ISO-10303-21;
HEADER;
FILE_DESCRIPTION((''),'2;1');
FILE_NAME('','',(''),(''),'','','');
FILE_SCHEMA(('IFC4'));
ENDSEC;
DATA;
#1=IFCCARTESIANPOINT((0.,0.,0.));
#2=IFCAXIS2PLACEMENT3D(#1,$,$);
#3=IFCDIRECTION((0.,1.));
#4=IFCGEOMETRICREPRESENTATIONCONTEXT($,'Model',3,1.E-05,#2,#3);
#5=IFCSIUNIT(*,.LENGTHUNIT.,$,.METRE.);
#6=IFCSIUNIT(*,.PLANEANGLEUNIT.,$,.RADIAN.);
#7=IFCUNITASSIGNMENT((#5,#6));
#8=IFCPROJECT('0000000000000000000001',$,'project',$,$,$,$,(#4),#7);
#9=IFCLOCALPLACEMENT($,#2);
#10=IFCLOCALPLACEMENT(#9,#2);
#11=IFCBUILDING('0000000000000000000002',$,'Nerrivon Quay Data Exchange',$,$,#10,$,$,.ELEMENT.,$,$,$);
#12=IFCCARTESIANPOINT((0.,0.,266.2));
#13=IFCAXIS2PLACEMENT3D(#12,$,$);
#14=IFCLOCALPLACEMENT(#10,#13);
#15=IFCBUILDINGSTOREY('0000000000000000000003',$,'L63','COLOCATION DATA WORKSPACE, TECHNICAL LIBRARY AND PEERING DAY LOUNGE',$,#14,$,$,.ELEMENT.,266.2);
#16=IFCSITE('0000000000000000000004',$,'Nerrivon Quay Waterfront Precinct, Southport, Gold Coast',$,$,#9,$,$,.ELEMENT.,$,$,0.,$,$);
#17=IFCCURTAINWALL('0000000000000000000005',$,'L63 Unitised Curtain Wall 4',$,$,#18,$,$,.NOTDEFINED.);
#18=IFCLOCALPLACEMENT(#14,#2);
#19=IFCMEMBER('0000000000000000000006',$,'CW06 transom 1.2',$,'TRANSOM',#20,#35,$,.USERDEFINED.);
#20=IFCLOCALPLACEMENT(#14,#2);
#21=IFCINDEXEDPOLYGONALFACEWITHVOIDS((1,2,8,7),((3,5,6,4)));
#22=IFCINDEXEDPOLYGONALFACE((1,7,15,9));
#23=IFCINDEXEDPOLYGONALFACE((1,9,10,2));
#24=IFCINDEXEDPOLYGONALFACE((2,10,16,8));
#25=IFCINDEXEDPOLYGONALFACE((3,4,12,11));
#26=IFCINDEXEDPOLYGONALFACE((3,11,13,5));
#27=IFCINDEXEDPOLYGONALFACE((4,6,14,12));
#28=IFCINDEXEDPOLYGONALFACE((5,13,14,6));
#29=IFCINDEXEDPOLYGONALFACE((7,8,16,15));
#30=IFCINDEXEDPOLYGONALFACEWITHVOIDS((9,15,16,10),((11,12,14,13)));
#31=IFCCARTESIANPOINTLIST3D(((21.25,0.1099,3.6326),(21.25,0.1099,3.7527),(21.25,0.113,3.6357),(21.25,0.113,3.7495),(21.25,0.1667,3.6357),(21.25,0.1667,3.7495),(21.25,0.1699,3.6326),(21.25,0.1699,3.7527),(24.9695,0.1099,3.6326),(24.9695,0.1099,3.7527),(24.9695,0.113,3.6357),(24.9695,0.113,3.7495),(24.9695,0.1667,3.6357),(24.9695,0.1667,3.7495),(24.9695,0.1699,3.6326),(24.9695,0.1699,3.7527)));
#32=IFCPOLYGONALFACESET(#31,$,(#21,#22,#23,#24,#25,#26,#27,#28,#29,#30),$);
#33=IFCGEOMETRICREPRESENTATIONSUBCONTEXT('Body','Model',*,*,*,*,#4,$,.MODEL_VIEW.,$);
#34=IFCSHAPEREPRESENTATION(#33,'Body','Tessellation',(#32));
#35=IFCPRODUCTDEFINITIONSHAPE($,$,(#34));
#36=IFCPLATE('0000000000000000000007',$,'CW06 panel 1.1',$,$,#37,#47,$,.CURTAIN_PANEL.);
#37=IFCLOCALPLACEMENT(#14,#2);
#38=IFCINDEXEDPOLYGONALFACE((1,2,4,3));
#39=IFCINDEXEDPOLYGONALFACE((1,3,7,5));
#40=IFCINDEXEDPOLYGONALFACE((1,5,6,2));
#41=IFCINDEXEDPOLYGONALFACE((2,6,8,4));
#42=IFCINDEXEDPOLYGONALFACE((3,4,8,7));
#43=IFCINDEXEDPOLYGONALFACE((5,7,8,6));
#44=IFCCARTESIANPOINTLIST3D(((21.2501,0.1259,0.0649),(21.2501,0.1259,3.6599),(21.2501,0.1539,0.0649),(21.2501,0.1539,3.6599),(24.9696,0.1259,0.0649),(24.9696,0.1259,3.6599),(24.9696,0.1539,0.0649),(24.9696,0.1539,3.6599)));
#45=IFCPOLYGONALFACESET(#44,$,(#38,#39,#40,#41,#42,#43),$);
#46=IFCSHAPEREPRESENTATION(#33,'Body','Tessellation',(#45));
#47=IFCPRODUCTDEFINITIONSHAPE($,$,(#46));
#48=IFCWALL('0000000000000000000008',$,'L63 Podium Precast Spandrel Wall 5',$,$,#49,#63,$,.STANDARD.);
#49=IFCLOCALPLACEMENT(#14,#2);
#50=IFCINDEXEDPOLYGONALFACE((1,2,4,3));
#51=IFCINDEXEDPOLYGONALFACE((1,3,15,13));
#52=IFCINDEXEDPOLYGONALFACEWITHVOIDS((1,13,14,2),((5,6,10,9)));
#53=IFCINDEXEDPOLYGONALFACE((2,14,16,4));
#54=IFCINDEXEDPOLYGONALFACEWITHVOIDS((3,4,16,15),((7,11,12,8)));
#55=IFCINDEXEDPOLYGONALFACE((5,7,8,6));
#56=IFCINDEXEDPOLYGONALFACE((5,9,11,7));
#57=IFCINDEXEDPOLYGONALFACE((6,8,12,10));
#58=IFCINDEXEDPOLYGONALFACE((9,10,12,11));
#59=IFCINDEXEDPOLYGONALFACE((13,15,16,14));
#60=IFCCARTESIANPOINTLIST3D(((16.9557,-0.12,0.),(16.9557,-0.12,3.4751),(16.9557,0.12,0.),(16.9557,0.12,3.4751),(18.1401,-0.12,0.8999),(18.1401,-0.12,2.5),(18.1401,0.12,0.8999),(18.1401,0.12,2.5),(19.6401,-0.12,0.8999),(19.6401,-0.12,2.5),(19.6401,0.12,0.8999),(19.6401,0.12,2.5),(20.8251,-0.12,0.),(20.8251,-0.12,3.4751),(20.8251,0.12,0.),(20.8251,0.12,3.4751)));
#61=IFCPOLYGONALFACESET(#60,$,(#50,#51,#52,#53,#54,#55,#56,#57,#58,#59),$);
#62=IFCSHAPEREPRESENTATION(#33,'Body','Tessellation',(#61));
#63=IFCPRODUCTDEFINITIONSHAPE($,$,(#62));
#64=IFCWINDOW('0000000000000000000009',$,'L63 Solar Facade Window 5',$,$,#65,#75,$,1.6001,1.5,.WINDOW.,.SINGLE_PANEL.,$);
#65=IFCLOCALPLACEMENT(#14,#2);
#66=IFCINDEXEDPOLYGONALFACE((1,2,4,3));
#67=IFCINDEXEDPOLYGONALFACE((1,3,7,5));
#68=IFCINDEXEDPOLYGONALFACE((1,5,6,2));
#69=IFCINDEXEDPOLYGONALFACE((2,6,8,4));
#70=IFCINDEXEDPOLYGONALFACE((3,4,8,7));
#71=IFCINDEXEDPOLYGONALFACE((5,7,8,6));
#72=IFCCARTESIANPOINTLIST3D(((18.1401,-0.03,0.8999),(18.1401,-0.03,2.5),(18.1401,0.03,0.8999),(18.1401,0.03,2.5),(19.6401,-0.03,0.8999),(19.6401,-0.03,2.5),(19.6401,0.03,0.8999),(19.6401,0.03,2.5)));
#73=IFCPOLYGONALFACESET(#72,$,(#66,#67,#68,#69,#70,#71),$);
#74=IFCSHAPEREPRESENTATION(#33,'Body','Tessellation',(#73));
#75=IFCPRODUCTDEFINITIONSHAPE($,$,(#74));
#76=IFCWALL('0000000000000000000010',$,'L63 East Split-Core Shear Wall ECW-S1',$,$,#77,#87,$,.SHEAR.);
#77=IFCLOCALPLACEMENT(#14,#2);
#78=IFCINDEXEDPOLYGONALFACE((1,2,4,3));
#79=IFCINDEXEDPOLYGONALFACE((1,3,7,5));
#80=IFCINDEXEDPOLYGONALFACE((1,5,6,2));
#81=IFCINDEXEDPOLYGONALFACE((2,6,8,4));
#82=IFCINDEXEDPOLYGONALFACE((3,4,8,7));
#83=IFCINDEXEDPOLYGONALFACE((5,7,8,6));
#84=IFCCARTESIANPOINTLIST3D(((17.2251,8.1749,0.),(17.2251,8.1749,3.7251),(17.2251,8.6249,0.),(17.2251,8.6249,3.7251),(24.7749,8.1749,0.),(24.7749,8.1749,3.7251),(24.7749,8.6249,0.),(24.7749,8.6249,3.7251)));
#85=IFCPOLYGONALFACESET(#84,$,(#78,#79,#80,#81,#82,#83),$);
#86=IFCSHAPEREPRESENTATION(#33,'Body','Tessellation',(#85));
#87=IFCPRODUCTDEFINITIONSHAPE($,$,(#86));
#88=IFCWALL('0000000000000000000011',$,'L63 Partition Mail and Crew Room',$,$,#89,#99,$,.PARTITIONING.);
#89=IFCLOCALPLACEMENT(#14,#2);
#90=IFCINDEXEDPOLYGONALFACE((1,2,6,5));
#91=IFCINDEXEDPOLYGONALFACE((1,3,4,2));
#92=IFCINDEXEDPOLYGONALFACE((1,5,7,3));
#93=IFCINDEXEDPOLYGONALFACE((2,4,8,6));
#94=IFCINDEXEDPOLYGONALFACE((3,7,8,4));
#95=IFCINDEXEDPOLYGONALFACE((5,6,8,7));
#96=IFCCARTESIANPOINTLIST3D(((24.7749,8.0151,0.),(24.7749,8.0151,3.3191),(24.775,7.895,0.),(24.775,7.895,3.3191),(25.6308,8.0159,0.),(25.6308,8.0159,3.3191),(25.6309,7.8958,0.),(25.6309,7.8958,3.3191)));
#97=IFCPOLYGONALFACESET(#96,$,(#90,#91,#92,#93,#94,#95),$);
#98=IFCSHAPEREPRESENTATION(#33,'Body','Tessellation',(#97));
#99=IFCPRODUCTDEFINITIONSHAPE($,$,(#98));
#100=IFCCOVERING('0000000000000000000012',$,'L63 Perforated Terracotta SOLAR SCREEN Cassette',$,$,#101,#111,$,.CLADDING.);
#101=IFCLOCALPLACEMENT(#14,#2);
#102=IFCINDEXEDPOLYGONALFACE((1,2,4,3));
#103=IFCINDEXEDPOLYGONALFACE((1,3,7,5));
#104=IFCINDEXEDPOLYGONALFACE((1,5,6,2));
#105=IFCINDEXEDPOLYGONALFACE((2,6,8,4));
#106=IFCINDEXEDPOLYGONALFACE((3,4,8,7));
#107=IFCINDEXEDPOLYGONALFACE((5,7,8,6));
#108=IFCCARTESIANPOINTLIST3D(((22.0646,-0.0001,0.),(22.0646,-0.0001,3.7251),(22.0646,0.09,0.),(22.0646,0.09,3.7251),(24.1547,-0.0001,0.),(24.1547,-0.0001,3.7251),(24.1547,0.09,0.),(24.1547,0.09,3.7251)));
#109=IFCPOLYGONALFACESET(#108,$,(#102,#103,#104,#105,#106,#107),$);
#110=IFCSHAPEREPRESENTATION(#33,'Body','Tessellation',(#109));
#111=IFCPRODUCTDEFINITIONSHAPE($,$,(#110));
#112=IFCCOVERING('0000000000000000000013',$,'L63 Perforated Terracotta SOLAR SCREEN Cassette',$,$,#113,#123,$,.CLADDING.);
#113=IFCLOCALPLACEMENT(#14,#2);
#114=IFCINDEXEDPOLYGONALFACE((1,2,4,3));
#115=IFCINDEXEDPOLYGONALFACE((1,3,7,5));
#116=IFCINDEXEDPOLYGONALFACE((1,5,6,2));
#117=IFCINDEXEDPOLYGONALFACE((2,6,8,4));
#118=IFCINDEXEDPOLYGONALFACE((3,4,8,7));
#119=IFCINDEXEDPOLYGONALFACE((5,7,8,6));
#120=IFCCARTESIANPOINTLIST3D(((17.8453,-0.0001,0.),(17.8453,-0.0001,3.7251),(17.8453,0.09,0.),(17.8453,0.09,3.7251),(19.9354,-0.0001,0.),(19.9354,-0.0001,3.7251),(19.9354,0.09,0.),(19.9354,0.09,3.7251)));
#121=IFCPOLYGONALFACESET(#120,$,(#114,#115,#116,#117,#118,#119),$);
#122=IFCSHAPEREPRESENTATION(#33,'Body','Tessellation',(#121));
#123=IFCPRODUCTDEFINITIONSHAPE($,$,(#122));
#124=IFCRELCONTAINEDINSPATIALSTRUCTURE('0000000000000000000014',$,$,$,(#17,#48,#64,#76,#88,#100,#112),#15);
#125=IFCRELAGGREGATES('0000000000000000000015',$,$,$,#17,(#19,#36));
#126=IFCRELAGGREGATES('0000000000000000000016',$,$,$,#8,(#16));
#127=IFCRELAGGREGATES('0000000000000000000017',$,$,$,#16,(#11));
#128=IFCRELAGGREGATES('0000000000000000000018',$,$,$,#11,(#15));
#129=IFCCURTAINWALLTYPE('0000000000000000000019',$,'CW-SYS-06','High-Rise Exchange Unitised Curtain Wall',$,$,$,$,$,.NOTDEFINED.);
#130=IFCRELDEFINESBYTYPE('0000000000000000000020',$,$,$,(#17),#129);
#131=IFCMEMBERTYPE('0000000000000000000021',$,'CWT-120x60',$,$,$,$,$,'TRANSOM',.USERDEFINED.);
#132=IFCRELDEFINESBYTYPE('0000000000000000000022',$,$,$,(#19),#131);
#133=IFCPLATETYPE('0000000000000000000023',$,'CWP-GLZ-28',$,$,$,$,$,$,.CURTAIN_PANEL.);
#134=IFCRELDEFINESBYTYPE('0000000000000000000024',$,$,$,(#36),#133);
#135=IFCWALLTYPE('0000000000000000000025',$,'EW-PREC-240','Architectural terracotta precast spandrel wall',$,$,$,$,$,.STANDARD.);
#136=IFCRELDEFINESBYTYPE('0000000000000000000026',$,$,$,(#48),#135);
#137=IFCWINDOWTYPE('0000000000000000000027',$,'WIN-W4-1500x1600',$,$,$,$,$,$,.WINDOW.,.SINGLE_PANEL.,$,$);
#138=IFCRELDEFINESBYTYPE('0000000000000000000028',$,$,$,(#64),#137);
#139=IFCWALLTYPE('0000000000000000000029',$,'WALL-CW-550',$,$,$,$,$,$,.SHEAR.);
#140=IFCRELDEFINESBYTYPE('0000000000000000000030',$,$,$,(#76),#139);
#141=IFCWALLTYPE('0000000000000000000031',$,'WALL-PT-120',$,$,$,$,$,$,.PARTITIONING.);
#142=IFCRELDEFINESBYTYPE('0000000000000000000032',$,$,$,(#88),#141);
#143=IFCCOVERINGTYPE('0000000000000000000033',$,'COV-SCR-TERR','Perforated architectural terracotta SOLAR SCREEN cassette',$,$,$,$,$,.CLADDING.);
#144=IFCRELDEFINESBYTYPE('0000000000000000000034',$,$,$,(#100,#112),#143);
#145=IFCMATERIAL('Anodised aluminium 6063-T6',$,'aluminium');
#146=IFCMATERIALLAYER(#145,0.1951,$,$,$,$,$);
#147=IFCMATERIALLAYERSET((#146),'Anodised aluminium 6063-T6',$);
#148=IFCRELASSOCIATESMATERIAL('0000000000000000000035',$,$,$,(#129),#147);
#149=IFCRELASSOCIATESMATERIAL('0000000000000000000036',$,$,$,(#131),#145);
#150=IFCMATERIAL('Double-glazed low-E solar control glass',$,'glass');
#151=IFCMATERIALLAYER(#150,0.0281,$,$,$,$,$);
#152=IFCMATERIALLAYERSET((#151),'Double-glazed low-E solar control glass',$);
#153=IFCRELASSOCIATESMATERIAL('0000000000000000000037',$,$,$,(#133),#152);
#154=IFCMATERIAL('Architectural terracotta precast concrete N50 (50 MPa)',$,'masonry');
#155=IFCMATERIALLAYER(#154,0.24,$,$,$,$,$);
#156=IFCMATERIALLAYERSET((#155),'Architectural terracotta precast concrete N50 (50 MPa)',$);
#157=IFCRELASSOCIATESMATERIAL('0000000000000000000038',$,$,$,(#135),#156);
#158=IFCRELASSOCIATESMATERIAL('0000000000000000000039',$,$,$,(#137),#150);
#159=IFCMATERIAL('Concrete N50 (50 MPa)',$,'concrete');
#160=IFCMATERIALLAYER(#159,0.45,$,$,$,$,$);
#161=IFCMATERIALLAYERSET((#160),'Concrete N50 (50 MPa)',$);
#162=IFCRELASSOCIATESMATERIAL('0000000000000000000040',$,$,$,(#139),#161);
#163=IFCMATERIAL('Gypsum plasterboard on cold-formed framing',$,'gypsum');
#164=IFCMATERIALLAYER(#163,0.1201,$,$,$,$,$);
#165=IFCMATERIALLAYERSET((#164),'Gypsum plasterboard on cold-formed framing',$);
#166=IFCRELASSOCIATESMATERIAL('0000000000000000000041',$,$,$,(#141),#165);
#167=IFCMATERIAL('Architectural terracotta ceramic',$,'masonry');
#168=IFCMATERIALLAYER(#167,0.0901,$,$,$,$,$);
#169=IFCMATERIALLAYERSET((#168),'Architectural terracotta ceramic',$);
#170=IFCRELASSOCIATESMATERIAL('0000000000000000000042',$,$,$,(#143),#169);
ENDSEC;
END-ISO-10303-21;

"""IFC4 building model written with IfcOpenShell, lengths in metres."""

from ifc_helpers import new_model, si_unit, direction, frame, frame_2d, origin, origin_2d, place, context, subcontext, project, spatial, rectangle, hollow_rectangle, extrude, material, layer, layer_set, material_profile, profile_set, type_object, element, fill, aggregate, save


model = new_model("IFC4")

# Units and contexts
model_context = context("Model", 3, precision=1e-05, world=origin(), true_north=direction((0.0, 1.0)))
body_context = subcontext(model_context, "Body", "Model", "MODEL_VIEW")
ifc_project = project(units=[si_unit("LENGTHUNIT", "METRE"), si_unit("PLANEANGLEUNIT", "RADIAN")], contexts=[model_context])

# Site, building, storey
site_placement = place(None, origin())
site = spatial("IfcSite", under=ifc_project, at=site_placement, Name="Nerrivon Quay Waterfront Precinct, Southport, Gold Coast", CompositionType="ELEMENT", RefElevation=0.0)
building_placement = place(site_placement, origin())
building = spatial("IfcBuilding", under=site, at=building_placement, Name="Nerrivon Quay Data Exchange", CompositionType="ELEMENT")
storey_placement = place(building_placement, frame((0.0, 0.0, 266.2)))
storey = spatial("IfcBuildingStorey", under=building, at=storey_placement, Name="L63", Description="COLOCATION DATA WORKSPACE, TECHNICAL LIBRARY AND PEERING DAY LOUNGE", CompositionType="ELEMENT", Elevation=266.2)

# Shared definitions
ifc_material_1 = material(Name="Concrete N50 (50 MPa)", Category="concrete")

# Curtain wall, member, plate
ifc_material_2 = material(Name="Anodised aluminium 6063-T6", Category="aluminium")
ifc_layer_1 = layer(ifc_material_2, 0.1951)
ifc_layer_set_1 = layer_set([ifc_layer_1], Name="Anodised aluminium 6063-T6")
curtain_wall_type = type_object("IfcCurtainWallType", Name="CW-SYS-06", Description="High-Rise Exchange Unitised Curtain Wall", PredefinedType="NOTDEFINED", material=ifc_layer_set_1)
curtain_wall_placement = place(storey_placement, origin())
curtain_wall = element("IfcCurtainWall", 1, at=curtain_wall_placement, inside=storey, type_object=curtain_wall_type, Name="L63 Unitised Curtain Wall 4", PredefinedType="NOTDEFINED")
ifc_material_profile_1 = material_profile(ifc_material_2, hollow_rectangle(XDim=0.0601, YDim=0.1201, WallThickness=0.0032, at=origin_2d()), Name="ALU-TRAN-120x60")
ifc_profile_set_1 = profile_set([ifc_material_profile_1], Name="Anodised aluminium 6063-T6")
member_type_1 = type_object("IfcMemberType", Name="CWT-120x60", ElementType="TRANSOM", PredefinedType="USERDEFINED", material=ifc_profile_set_1)
member_1_placement = place(storey_placement, frame((24.9695, 0.1399, 3.6926), z_axis=(-1.0, 0.0, 0.0), x_axis=(0.0, -1.0, 0.0)))
member_1 = element("IfcMember", 2, at=member_1_placement, type_object=member_type_1, Name="CW06 transom 1.2", ObjectType="TRANSOM", PredefinedType="USERDEFINED", context=body_context, shape_type="SweptSolid", body=[
    extrude(hollow_rectangle(XDim=0.0601, YDim=0.1201, WallThickness=0.0032, at=origin_2d()), origin(), (0.0, 0.0, 1.0), 3.7195),
])
ifc_material_3 = material(Name="Double-glazed low-E solar control glass", Category="glass")
ifc_layer_2 = layer(ifc_material_3, 0.0281)
ifc_layer_set_2 = layer_set([ifc_layer_2], Name="Double-glazed low-E solar control glass")
plate_type = type_object("IfcPlateType", Name="CWP-GLZ-28", PredefinedType="CURTAIN_PANEL", material=ifc_layer_set_2)
plate_placement = place(storey_placement, frame((23.1099, 0.1399, 0.0649), z_axis=(0.0, 0.0, 1.0), x_axis=(-1.0, 0.0, 0.0)))
plate = element("IfcPlate", 3, at=plate_placement, type_object=plate_type, Name="CW06 panel 1.1", PredefinedType="CURTAIN_PANEL", context=body_context, shape_type="SweptSolid", body=[
    extrude(rectangle(XDim=3.7195, YDim=0.0281, at=origin_2d()), origin(), (0.0, 0.0, 1.0), 3.595),
])
aggregate(curtain_wall, [member_1, plate])

# Wall, opening, window
ifc_material_4 = material(Name="Architectural terracotta precast concrete N50 (50 MPa)", Category="masonry")
ifc_layer_3 = layer(ifc_material_4, 0.24)
ifc_layer_set_3 = layer_set([ifc_layer_3], Name="Architectural terracotta precast concrete N50 (50 MPa)")
wall_type_1 = type_object("IfcWallType", Name="EW-PREC-240", Description="Architectural terracotta precast spandrel wall", PredefinedType="STANDARD", material=ifc_layer_set_3)
wall_1_placement = place(storey_placement, frame((20.825, 0.0, 0.0), z_axis=(0.0, 0.0, 1.0), x_axis=(-1.0, 0.0, 0.0)))
wall_1 = element("IfcWall", 4, at=wall_1_placement, inside=storey, type_object=wall_type_1, Name="L63 Podium Precast Spandrel Wall 5", PredefinedType="STANDARD", context=body_context, shape_type="SweptSolid", body=[
    extrude(rectangle(XDim=3.8694, YDim=0.24, at=frame_2d((1.9346, 0.0))), origin(), (0.0, 0.0, 1.0), 3.4751),
])
opening_1_placement = place(wall_1_placement, frame((1.1848, 0.0, 0.8999)))
opening_1 = element("IfcOpeningElement", 5, at=opening_1_placement, cuts=wall_1, PredefinedType="OPENING", context=body_context, shape_type="SweptSolid", body=[
    extrude(rectangle(XDim=1.5, YDim=1.6001, at=frame_2d((0.75, 0.8))), frame((0.0, 0.1299, 0.0), z_axis=(0.0, -1.0, 0.0), x_axis=(1.0, 0.0, 0.0)), (0.0, 0.0, 1.0), 0.26),
])
window_type = type_object("IfcWindowType", Name="WIN-W4-1500x1600", PartitioningType="SINGLE_PANEL", PredefinedType="WINDOW", material=ifc_material_3)
window_placement = place(opening_1_placement, origin())
window = element("IfcWindow", 6, at=window_placement, inside=storey, type_object=window_type, Name="L63 Solar Facade Window 5", OverallHeight=1.6001, OverallWidth=1.5, PartitioningType="SINGLE_PANEL", PredefinedType="WINDOW", context=body_context, shape_type="SweptSolid", body=[
    extrude(rectangle(XDim=1.5, YDim=1.6001, at=frame_2d((0.75, 0.8))), frame((0.0, 0.03, 0.0), z_axis=(0.0, -1.0, 0.0), x_axis=(1.0, 0.0, 0.0)), (0.0, 0.0, 1.0), 0.0601),
])
fill(opening_1, window)

# Walls
ifc_layer_4 = layer(ifc_material_1, 0.45)
ifc_layer_set_4 = layer_set([ifc_layer_4], Name="Concrete N50 (50 MPa)")
wall_type_2 = type_object("IfcWallType", Name="WALL-CW-550", PredefinedType="SHEAR", material=ifc_layer_set_4)
wall_2_placement = place(storey_placement, frame((17.2251, 8.3999, 0.0), z_axis=(0.0, 0.0, 1.0), x_axis=(1.0, 0.0, 0.0)))
element("IfcWall", 7, at=wall_2_placement, inside=storey, type_object=wall_type_2, Name="L63 East Split-Core Shear Wall ECW-S1", PredefinedType="SHEAR", context=body_context, shape_type="SweptSolid", body=[
    extrude(rectangle(XDim=7.5498, YDim=0.45, at=frame_2d((3.7749, 0.0))), origin(), (0.0, 0.0, 1.0), 3.7251),
])
ifc_material_5 = material(Name="Gypsum plasterboard on cold-formed framing", Category="gypsum")
ifc_layer_5 = layer(ifc_material_5, 0.1201)
ifc_layer_set_5 = layer_set([ifc_layer_5], Name="Gypsum plasterboard on cold-formed framing")
wall_type_3 = type_object("IfcWallType", Name="WALL-PT-120", PredefinedType="PARTITIONING", material=ifc_layer_set_5)
wall_3_placement = place(storey_placement, frame((25.6309, 7.9558, 0.0), z_axis=(0.0, 0.0, 1.0), x_axis=(-1.0, -0.000856, 0.0)))
element("IfcWall", 8, at=wall_3_placement, inside=storey, type_object=wall_type_3, Name="L63 Partition Mail and Crew Room", PredefinedType="PARTITIONING", context=body_context, shape_type="SweptSolid", body=[
    extrude(rectangle(XDim=0.856, YDim=0.1201, at=frame_2d((0.428, 0.0))), origin(), (0.0, 0.0, 1.0), 3.3191),
])

# Coverings
ifc_material_6 = material(Name="Architectural terracotta ceramic", Category="masonry")
ifc_layer_6 = layer(ifc_material_6, 0.0901)
ifc_layer_set_6 = layer_set([ifc_layer_6], Name="Architectural terracotta ceramic")
covering_type = type_object("IfcCoveringType", Name="COV-SCR-TERR", Description="Perforated architectural terracotta SOLAR SCREEN cassette", PredefinedType="CLADDING", material=ifc_layer_set_6)
for number, where, z_axis, x_axis, name in (
    (9, (23.1096, 0.0449, 0.0), (0.0, 0.0, 1.0), (-1.0, 0.0, 0.0), "L63 Perforated Terracotta SOLAR SCREEN Cassette"),
    (10, (18.8904, 0.0449, 0.0), (0.0, 0.0, 1.0), (-1.0, 0.0, 0.0), "L63 Perforated Terracotta SOLAR SCREEN Cassette"),
):
    element("IfcCovering", number, at=place(storey_placement, frame(where, z_axis=z_axis, x_axis=x_axis)), inside=storey, type_object=covering_type, Name=name, PredefinedType="CLADDING", context=body_context, shape_type="SweptSolid", body=[
        extrude(rectangle(XDim=2.0901, YDim=0.0901, at=origin_2d()), origin(), (0.0, 0.0, 1.0), 3.7251),
    ])

save(model, "model.ifc")
